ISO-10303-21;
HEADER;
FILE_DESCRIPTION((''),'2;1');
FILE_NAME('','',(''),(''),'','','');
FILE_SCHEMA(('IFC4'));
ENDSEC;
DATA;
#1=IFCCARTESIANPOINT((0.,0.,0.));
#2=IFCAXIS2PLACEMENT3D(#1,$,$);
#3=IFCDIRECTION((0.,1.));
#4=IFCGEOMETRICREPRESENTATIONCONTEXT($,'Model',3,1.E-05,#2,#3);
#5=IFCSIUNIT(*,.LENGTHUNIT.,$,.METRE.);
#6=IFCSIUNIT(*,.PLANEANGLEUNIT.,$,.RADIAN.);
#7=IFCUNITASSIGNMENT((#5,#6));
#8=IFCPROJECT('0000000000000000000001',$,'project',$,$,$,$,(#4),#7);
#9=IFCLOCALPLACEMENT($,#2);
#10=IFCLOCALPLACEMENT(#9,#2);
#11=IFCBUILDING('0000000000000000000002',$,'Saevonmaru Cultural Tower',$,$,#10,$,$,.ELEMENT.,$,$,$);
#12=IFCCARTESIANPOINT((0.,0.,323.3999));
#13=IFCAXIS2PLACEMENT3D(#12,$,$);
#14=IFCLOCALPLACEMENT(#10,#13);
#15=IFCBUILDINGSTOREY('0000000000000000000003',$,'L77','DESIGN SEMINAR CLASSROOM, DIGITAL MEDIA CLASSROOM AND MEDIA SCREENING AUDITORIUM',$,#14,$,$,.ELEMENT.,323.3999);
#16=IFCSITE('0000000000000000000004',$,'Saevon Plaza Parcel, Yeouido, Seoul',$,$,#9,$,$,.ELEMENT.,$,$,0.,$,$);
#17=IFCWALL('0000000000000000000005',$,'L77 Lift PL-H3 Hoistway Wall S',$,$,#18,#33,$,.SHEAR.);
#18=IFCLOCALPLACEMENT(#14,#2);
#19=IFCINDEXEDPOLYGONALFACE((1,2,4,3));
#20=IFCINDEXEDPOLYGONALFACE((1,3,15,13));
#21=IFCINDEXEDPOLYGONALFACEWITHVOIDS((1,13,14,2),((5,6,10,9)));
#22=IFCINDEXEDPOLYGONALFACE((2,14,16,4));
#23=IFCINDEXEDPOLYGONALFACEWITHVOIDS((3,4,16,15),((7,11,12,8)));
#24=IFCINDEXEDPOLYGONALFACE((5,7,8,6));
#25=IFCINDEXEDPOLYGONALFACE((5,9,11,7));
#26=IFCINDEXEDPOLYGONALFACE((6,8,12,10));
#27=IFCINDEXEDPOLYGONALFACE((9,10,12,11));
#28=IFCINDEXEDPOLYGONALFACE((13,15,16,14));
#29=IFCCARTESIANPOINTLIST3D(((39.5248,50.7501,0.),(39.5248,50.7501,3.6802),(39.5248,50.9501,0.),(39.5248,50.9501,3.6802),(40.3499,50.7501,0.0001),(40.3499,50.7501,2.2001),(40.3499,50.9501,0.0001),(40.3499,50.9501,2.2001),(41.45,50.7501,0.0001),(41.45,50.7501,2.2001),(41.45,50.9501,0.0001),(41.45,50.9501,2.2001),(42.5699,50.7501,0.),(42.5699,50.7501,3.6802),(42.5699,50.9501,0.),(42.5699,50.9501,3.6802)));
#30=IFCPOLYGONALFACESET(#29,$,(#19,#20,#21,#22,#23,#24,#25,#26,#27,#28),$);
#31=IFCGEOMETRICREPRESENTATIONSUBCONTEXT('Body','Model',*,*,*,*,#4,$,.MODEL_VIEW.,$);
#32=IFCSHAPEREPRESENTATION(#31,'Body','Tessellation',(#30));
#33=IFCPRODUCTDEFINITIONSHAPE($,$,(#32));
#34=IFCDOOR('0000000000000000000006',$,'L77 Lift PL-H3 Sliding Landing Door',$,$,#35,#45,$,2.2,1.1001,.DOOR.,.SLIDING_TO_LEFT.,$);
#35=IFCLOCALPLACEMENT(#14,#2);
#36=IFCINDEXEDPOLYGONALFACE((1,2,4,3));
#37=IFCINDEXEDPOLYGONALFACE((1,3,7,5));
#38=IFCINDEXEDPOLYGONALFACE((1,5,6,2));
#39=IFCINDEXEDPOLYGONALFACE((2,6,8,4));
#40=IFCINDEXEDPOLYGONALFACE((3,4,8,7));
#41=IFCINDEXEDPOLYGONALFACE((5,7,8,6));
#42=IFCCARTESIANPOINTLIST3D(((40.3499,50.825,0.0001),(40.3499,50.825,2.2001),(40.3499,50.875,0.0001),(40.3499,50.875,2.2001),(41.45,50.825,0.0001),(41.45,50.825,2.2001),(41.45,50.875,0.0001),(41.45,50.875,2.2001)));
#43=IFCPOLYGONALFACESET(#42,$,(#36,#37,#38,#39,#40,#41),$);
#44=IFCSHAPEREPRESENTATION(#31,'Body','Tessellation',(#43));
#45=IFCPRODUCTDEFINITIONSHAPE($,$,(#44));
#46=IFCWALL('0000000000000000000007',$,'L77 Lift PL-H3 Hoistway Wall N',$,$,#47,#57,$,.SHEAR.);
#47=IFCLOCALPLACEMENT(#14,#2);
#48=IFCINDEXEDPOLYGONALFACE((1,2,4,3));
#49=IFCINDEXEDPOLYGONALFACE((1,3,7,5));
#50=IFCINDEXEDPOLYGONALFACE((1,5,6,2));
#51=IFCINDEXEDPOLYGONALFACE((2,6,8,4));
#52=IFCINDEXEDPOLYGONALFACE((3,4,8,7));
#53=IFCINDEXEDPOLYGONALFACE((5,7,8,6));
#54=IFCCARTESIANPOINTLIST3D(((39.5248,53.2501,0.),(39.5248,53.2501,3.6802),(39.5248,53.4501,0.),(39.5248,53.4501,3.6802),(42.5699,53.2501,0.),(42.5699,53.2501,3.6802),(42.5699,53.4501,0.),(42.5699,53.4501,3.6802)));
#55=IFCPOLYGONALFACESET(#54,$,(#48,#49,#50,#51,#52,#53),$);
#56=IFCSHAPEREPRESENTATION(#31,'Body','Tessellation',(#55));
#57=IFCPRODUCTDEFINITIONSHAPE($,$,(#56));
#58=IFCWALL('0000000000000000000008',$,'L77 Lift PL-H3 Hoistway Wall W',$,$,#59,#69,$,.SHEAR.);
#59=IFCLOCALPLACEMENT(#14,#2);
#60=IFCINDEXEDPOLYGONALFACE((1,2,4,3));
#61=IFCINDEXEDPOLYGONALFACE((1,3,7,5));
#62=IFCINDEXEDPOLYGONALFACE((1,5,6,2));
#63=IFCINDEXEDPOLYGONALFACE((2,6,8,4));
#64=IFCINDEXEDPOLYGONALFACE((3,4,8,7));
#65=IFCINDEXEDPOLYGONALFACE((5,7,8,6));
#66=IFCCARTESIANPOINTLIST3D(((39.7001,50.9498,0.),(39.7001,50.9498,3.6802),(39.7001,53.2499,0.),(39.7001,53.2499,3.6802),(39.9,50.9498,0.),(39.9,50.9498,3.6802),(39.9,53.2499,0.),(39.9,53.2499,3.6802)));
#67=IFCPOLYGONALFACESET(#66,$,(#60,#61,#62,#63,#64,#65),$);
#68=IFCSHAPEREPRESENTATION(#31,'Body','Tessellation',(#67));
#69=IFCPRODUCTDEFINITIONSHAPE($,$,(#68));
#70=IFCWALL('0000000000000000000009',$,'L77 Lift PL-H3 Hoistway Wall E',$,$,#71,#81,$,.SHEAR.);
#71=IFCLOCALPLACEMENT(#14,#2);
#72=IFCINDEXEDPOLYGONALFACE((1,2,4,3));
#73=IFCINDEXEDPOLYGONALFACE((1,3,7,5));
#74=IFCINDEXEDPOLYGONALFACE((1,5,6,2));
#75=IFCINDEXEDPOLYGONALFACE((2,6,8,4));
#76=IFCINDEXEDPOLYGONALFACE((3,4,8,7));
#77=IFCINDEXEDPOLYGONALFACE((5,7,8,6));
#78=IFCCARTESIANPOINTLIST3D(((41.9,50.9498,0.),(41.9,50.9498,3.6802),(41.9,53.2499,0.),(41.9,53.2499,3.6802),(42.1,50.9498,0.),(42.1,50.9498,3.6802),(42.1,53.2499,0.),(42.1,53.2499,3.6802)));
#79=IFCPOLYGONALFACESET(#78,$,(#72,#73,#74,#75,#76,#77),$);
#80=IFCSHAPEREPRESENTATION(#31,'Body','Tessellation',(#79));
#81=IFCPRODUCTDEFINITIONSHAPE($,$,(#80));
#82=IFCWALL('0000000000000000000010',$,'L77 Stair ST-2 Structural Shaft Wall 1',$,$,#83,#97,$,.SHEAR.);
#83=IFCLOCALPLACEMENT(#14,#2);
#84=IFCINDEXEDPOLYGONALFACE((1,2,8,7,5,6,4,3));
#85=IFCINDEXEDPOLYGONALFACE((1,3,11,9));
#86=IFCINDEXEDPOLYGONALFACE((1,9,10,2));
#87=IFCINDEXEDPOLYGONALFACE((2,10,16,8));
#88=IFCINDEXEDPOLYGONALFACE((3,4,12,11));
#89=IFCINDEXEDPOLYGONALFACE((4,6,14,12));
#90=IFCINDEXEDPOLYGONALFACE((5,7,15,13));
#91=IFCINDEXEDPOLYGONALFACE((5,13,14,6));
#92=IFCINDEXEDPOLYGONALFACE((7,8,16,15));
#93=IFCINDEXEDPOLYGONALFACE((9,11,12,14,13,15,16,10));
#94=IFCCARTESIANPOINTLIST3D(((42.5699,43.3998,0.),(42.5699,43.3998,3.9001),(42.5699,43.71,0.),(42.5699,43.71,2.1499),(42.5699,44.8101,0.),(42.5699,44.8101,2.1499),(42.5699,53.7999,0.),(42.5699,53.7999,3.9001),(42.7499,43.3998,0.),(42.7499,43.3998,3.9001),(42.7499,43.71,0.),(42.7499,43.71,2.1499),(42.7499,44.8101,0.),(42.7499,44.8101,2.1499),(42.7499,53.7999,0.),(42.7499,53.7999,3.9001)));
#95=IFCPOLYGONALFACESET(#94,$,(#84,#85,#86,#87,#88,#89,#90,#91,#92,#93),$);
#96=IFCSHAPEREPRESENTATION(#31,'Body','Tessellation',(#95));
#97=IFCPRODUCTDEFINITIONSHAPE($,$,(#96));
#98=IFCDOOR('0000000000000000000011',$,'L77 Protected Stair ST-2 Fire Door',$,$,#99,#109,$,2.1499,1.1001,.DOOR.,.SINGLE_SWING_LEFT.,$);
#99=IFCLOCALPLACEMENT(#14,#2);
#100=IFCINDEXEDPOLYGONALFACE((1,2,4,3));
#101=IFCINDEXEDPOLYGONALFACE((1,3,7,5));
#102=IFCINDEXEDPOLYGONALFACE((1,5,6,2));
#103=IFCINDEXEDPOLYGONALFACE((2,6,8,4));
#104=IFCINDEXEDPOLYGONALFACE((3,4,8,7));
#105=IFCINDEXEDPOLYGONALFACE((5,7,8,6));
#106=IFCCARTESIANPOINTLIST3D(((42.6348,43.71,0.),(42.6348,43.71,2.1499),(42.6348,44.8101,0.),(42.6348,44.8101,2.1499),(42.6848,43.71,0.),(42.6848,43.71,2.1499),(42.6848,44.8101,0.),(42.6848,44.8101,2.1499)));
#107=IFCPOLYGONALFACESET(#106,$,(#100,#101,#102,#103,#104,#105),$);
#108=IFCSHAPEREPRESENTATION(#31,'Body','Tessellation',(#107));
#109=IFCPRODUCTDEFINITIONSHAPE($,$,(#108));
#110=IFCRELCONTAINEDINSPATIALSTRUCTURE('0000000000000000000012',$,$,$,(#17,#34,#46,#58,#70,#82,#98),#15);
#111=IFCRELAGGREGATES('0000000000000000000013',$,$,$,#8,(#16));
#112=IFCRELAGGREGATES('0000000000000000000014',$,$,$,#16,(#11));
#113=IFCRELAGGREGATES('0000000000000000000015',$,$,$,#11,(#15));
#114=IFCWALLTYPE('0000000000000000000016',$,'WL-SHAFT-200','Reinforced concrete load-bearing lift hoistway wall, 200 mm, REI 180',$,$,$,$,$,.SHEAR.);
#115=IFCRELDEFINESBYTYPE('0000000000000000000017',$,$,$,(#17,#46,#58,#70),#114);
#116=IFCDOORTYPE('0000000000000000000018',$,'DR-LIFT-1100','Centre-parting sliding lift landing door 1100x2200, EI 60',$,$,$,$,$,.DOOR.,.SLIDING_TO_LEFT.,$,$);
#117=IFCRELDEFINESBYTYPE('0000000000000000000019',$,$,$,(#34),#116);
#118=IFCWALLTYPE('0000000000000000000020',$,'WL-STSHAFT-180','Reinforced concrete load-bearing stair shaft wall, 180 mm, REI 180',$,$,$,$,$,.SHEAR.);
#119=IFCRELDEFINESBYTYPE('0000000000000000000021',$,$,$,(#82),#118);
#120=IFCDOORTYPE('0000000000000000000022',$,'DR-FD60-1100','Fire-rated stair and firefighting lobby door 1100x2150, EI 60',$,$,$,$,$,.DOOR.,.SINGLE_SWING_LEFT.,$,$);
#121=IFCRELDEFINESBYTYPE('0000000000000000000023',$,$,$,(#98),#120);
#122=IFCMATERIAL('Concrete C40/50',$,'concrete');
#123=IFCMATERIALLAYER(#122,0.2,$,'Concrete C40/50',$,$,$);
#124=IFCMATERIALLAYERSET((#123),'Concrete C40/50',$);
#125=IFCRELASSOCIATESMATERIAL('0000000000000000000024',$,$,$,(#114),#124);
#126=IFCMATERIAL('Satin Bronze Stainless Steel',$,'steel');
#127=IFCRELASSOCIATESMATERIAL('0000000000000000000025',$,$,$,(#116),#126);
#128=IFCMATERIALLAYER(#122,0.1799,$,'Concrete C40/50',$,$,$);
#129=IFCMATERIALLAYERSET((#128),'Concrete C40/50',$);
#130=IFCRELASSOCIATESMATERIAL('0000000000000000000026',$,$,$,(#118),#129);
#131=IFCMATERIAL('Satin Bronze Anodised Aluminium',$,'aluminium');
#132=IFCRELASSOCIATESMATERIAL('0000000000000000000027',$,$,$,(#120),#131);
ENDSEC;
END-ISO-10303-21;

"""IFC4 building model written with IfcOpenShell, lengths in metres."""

from ifc_helpers import new_model, si_unit, direction, frame, frame_2d, origin, place, context, subcontext, project, spatial, rectangle, extrude, material, layer, layer_set, type_object, element, fill, save


model = new_model("IFC4")

# Units and contexts
model_context = context("Model", 3, precision=1e-05, world=origin(), true_north=direction((0.0, 1.0)))
body_context = subcontext(model_context, "Body", "Model", "MODEL_VIEW")
ifc_project = project(units=[si_unit("LENGTHUNIT", "METRE"), si_unit("PLANEANGLEUNIT", "RADIAN")], contexts=[model_context])

# Site, building, storey
site_placement = place(None, origin())
site = spatial("IfcSite", under=ifc_project, at=site_placement, Name="Saevon Plaza Parcel, Yeouido, Seoul", CompositionType="ELEMENT", RefElevation=0.0)
building_placement = place(site_placement, origin())
building = spatial("IfcBuilding", under=site, at=building_placement, Name="Saevonmaru Cultural Tower", CompositionType="ELEMENT")
storey_placement = place(building_placement, frame((0.0, 0.0, 323.3999)))
storey = spatial("IfcBuildingStorey", under=building, at=storey_placement, Name="L77", Description="DESIGN SEMINAR CLASSROOM, DIGITAL MEDIA CLASSROOM AND MEDIA SCREENING AUDITORIUM", CompositionType="ELEMENT", Elevation=323.3999)

# Shared definitions
ifc_material_1 = material(Name="Satin Bronze Anodised Aluminium", Category="aluminium")

# Shared definitions
ifc_material_2 = material(Name="Concrete C40/50", Category="concrete")
ifc_layer_1 = layer(ifc_material_2, 0.2, Name="Concrete C40/50")
ifc_layer_set_1 = layer_set([ifc_layer_1], Name="Concrete C40/50")
wall_type_1 = type_object("IfcWallType", Name="WL-SHAFT-200", Description="Reinforced concrete load-bearing lift hoistway wall, 200 mm, REI 180", PredefinedType="SHEAR", material=ifc_layer_set_1)
ifc_material_3 = material(Name="Satin Bronze Stainless Steel", Category="steel")
door_type_1 = type_object("IfcDoorType", Name="DR-LIFT-1100", Description="Centre-parting sliding lift landing door 1100x2200, EI 60", OperationType="SLIDING_TO_LEFT", PredefinedType="DOOR", material=ifc_material_3)

# Wall, opening, door
wall_1_placement = place(storey_placement, frame((39.5249, 50.8501, 0.0), z_axis=(0.0, 0.0, 1.0), x_axis=(1.0, 0.0, 0.0)))
wall_1 = element("IfcWall", 1, at=wall_1_placement, inside=storey, type_object=wall_type_1, Name="L77 Lift PL-H3 Hoistway Wall S", PredefinedType="SHEAR", context=body_context, shape_type="SweptSolid", body=[
    extrude(rectangle(XDim=3.0452, YDim=0.2, at=frame_2d((1.5225, 0.0))), origin(), (0.0, 0.0, 1.0), 3.6802),
])
opening_1_placement = place(wall_1_placement, frame((0.825, 0.0, 0.0)))
opening_1 = element("IfcOpeningElement", 2, at=opening_1_placement, cuts=wall_1, PredefinedType="OPENING", context=body_context, shape_type="SweptSolid", body=[
    extrude(rectangle(XDim=1.1001, YDim=2.2, at=frame_2d((0.55, 1.1001))), frame((0.0, 0.1099, 0.0), z_axis=(0.0, -1.0, 0.0), x_axis=(1.0, 0.0, 0.0)), (0.0, 0.0, 1.0), 0.22),
])
door_1_placement = place(opening_1_placement, origin())
door_1 = element("IfcDoor", 3, at=door_1_placement, inside=storey, type_object=door_type_1, Name="L77 Lift PL-H3 Sliding Landing Door", OperationType="SLIDING_TO_LEFT", OverallHeight=2.2, OverallWidth=1.1001, PredefinedType="DOOR", context=body_context, shape_type="SweptSolid", body=[
    extrude(rectangle(XDim=1.1001, YDim=2.2, at=frame_2d((0.55, 1.1001))), frame((0.0, 0.0249, 0.0), z_axis=(0.0, -1.0, 0.0), x_axis=(1.0, 0.0, 0.0)), (0.0, 0.0, 1.0), 0.05),
])
fill(opening_1, door_1)

# Walls
wall_2_placement = place(storey_placement, frame((39.5249, 53.3501, 0.0), z_axis=(0.0, 0.0, 1.0), x_axis=(1.0, 0.0, 0.0)))
element("IfcWall", 4, at=wall_2_placement, inside=storey, type_object=wall_type_1, Name="L77 Lift PL-H3 Hoistway Wall N", PredefinedType="SHEAR", context=body_context, shape_type="SweptSolid", body=[
    extrude(rectangle(XDim=3.0452, YDim=0.2, at=frame_2d((1.5225, 0.0))), origin(), (0.0, 0.0, 1.0), 3.6802),
])
for number, where, z_axis, x_axis, name in (
    (5, (39.8, 50.95, 0.0), (0.0, 0.0, 1.0), (0.0, 1.0, 0.0), "L77 Lift PL-H3 Hoistway Wall W"),
    (6, (42.0, 50.95, 0.0), (0.0, 0.0, 1.0), (0.0, 1.0, 0.0), "L77 Lift PL-H3 Hoistway Wall E"),
):
    element("IfcWall", number, at=place(storey_placement, frame(where, z_axis=z_axis, x_axis=x_axis)), inside=storey, type_object=wall_type_1, Name=name, PredefinedType="SHEAR", context=body_context, shape_type="SweptSolid", body=[
        extrude(rectangle(XDim=2.3, YDim=0.2, at=frame_2d((1.1499, 0.0))), origin(), (0.0, 0.0, 1.0), 3.6802),
    ])

# Wall, opening, door
ifc_layer_2 = layer(ifc_material_2, 0.1799, Name="Concrete C40/50")
ifc_layer_set_2 = layer_set([ifc_layer_2], Name="Concrete C40/50")
wall_type_2 = type_object("IfcWallType", Name="WL-STSHAFT-180", Description="Reinforced concrete load-bearing stair shaft wall, 180 mm, REI 180", PredefinedType="SHEAR", material=ifc_layer_set_2)
wall_3_placement = place(storey_placement, frame((42.6599, 53.8, 0.0), z_axis=(0.0, 0.0, 1.0), x_axis=(0.0, -1.0, 0.0)))
wall_3 = element("IfcWall", 7, at=wall_3_placement, inside=storey, type_object=wall_type_2, Name="L77 Stair ST-2 Structural Shaft Wall 1", PredefinedType="SHEAR", context=body_context, shape_type="SweptSolid", body=[
    extrude(rectangle(XDim=10.4001, YDim=0.1799, at=frame_2d((5.2002, 0.0))), origin(), (0.0, 0.0, 1.0), 3.9001),
])
opening_2_placement = place(wall_3_placement, frame((8.99, 0.0, 0.0)))
opening_2 = element("IfcOpeningElement", 8, at=opening_2_placement, cuts=wall_3, PredefinedType="OPENING", context=body_context, shape_type="SweptSolid", body=[
    extrude(rectangle(XDim=1.1001, YDim=2.1499, at=frame_2d((0.55, 1.075))), frame((0.0, 0.1001, 0.0), z_axis=(0.0, -1.0, 0.0), x_axis=(1.0, 0.0, 0.0)), (0.0, 0.0, 1.0), 0.2),
])
door_type_2 = type_object("IfcDoorType", Name="DR-FD60-1100", Description="Fire-rated stair and firefighting lobby door 1100x2150, EI 60", OperationType="SINGLE_SWING_LEFT", PredefinedType="DOOR", material=ifc_material_1)
door_2_placement = place(opening_2_placement, origin())
door_2 = element("IfcDoor", 9, at=door_2_placement, inside=storey, type_object=door_type_2, Name="L77 Protected Stair ST-2 Fire Door", OperationType="SINGLE_SWING_LEFT", OverallHeight=2.1499, OverallWidth=1.1001, PredefinedType="DOOR", context=body_context, shape_type="SweptSolid", body=[
    extrude(rectangle(XDim=1.1001, YDim=2.1499, at=frame_2d((0.55, 1.075))), frame((0.0, 0.0249, 0.0), z_axis=(0.0, -1.0, 0.0), x_axis=(1.0, 0.0, 0.0)), (0.0, 0.0, 1.0), 0.05),
])
fill(opening_2, door_2)

save(model, "model.ifc")
